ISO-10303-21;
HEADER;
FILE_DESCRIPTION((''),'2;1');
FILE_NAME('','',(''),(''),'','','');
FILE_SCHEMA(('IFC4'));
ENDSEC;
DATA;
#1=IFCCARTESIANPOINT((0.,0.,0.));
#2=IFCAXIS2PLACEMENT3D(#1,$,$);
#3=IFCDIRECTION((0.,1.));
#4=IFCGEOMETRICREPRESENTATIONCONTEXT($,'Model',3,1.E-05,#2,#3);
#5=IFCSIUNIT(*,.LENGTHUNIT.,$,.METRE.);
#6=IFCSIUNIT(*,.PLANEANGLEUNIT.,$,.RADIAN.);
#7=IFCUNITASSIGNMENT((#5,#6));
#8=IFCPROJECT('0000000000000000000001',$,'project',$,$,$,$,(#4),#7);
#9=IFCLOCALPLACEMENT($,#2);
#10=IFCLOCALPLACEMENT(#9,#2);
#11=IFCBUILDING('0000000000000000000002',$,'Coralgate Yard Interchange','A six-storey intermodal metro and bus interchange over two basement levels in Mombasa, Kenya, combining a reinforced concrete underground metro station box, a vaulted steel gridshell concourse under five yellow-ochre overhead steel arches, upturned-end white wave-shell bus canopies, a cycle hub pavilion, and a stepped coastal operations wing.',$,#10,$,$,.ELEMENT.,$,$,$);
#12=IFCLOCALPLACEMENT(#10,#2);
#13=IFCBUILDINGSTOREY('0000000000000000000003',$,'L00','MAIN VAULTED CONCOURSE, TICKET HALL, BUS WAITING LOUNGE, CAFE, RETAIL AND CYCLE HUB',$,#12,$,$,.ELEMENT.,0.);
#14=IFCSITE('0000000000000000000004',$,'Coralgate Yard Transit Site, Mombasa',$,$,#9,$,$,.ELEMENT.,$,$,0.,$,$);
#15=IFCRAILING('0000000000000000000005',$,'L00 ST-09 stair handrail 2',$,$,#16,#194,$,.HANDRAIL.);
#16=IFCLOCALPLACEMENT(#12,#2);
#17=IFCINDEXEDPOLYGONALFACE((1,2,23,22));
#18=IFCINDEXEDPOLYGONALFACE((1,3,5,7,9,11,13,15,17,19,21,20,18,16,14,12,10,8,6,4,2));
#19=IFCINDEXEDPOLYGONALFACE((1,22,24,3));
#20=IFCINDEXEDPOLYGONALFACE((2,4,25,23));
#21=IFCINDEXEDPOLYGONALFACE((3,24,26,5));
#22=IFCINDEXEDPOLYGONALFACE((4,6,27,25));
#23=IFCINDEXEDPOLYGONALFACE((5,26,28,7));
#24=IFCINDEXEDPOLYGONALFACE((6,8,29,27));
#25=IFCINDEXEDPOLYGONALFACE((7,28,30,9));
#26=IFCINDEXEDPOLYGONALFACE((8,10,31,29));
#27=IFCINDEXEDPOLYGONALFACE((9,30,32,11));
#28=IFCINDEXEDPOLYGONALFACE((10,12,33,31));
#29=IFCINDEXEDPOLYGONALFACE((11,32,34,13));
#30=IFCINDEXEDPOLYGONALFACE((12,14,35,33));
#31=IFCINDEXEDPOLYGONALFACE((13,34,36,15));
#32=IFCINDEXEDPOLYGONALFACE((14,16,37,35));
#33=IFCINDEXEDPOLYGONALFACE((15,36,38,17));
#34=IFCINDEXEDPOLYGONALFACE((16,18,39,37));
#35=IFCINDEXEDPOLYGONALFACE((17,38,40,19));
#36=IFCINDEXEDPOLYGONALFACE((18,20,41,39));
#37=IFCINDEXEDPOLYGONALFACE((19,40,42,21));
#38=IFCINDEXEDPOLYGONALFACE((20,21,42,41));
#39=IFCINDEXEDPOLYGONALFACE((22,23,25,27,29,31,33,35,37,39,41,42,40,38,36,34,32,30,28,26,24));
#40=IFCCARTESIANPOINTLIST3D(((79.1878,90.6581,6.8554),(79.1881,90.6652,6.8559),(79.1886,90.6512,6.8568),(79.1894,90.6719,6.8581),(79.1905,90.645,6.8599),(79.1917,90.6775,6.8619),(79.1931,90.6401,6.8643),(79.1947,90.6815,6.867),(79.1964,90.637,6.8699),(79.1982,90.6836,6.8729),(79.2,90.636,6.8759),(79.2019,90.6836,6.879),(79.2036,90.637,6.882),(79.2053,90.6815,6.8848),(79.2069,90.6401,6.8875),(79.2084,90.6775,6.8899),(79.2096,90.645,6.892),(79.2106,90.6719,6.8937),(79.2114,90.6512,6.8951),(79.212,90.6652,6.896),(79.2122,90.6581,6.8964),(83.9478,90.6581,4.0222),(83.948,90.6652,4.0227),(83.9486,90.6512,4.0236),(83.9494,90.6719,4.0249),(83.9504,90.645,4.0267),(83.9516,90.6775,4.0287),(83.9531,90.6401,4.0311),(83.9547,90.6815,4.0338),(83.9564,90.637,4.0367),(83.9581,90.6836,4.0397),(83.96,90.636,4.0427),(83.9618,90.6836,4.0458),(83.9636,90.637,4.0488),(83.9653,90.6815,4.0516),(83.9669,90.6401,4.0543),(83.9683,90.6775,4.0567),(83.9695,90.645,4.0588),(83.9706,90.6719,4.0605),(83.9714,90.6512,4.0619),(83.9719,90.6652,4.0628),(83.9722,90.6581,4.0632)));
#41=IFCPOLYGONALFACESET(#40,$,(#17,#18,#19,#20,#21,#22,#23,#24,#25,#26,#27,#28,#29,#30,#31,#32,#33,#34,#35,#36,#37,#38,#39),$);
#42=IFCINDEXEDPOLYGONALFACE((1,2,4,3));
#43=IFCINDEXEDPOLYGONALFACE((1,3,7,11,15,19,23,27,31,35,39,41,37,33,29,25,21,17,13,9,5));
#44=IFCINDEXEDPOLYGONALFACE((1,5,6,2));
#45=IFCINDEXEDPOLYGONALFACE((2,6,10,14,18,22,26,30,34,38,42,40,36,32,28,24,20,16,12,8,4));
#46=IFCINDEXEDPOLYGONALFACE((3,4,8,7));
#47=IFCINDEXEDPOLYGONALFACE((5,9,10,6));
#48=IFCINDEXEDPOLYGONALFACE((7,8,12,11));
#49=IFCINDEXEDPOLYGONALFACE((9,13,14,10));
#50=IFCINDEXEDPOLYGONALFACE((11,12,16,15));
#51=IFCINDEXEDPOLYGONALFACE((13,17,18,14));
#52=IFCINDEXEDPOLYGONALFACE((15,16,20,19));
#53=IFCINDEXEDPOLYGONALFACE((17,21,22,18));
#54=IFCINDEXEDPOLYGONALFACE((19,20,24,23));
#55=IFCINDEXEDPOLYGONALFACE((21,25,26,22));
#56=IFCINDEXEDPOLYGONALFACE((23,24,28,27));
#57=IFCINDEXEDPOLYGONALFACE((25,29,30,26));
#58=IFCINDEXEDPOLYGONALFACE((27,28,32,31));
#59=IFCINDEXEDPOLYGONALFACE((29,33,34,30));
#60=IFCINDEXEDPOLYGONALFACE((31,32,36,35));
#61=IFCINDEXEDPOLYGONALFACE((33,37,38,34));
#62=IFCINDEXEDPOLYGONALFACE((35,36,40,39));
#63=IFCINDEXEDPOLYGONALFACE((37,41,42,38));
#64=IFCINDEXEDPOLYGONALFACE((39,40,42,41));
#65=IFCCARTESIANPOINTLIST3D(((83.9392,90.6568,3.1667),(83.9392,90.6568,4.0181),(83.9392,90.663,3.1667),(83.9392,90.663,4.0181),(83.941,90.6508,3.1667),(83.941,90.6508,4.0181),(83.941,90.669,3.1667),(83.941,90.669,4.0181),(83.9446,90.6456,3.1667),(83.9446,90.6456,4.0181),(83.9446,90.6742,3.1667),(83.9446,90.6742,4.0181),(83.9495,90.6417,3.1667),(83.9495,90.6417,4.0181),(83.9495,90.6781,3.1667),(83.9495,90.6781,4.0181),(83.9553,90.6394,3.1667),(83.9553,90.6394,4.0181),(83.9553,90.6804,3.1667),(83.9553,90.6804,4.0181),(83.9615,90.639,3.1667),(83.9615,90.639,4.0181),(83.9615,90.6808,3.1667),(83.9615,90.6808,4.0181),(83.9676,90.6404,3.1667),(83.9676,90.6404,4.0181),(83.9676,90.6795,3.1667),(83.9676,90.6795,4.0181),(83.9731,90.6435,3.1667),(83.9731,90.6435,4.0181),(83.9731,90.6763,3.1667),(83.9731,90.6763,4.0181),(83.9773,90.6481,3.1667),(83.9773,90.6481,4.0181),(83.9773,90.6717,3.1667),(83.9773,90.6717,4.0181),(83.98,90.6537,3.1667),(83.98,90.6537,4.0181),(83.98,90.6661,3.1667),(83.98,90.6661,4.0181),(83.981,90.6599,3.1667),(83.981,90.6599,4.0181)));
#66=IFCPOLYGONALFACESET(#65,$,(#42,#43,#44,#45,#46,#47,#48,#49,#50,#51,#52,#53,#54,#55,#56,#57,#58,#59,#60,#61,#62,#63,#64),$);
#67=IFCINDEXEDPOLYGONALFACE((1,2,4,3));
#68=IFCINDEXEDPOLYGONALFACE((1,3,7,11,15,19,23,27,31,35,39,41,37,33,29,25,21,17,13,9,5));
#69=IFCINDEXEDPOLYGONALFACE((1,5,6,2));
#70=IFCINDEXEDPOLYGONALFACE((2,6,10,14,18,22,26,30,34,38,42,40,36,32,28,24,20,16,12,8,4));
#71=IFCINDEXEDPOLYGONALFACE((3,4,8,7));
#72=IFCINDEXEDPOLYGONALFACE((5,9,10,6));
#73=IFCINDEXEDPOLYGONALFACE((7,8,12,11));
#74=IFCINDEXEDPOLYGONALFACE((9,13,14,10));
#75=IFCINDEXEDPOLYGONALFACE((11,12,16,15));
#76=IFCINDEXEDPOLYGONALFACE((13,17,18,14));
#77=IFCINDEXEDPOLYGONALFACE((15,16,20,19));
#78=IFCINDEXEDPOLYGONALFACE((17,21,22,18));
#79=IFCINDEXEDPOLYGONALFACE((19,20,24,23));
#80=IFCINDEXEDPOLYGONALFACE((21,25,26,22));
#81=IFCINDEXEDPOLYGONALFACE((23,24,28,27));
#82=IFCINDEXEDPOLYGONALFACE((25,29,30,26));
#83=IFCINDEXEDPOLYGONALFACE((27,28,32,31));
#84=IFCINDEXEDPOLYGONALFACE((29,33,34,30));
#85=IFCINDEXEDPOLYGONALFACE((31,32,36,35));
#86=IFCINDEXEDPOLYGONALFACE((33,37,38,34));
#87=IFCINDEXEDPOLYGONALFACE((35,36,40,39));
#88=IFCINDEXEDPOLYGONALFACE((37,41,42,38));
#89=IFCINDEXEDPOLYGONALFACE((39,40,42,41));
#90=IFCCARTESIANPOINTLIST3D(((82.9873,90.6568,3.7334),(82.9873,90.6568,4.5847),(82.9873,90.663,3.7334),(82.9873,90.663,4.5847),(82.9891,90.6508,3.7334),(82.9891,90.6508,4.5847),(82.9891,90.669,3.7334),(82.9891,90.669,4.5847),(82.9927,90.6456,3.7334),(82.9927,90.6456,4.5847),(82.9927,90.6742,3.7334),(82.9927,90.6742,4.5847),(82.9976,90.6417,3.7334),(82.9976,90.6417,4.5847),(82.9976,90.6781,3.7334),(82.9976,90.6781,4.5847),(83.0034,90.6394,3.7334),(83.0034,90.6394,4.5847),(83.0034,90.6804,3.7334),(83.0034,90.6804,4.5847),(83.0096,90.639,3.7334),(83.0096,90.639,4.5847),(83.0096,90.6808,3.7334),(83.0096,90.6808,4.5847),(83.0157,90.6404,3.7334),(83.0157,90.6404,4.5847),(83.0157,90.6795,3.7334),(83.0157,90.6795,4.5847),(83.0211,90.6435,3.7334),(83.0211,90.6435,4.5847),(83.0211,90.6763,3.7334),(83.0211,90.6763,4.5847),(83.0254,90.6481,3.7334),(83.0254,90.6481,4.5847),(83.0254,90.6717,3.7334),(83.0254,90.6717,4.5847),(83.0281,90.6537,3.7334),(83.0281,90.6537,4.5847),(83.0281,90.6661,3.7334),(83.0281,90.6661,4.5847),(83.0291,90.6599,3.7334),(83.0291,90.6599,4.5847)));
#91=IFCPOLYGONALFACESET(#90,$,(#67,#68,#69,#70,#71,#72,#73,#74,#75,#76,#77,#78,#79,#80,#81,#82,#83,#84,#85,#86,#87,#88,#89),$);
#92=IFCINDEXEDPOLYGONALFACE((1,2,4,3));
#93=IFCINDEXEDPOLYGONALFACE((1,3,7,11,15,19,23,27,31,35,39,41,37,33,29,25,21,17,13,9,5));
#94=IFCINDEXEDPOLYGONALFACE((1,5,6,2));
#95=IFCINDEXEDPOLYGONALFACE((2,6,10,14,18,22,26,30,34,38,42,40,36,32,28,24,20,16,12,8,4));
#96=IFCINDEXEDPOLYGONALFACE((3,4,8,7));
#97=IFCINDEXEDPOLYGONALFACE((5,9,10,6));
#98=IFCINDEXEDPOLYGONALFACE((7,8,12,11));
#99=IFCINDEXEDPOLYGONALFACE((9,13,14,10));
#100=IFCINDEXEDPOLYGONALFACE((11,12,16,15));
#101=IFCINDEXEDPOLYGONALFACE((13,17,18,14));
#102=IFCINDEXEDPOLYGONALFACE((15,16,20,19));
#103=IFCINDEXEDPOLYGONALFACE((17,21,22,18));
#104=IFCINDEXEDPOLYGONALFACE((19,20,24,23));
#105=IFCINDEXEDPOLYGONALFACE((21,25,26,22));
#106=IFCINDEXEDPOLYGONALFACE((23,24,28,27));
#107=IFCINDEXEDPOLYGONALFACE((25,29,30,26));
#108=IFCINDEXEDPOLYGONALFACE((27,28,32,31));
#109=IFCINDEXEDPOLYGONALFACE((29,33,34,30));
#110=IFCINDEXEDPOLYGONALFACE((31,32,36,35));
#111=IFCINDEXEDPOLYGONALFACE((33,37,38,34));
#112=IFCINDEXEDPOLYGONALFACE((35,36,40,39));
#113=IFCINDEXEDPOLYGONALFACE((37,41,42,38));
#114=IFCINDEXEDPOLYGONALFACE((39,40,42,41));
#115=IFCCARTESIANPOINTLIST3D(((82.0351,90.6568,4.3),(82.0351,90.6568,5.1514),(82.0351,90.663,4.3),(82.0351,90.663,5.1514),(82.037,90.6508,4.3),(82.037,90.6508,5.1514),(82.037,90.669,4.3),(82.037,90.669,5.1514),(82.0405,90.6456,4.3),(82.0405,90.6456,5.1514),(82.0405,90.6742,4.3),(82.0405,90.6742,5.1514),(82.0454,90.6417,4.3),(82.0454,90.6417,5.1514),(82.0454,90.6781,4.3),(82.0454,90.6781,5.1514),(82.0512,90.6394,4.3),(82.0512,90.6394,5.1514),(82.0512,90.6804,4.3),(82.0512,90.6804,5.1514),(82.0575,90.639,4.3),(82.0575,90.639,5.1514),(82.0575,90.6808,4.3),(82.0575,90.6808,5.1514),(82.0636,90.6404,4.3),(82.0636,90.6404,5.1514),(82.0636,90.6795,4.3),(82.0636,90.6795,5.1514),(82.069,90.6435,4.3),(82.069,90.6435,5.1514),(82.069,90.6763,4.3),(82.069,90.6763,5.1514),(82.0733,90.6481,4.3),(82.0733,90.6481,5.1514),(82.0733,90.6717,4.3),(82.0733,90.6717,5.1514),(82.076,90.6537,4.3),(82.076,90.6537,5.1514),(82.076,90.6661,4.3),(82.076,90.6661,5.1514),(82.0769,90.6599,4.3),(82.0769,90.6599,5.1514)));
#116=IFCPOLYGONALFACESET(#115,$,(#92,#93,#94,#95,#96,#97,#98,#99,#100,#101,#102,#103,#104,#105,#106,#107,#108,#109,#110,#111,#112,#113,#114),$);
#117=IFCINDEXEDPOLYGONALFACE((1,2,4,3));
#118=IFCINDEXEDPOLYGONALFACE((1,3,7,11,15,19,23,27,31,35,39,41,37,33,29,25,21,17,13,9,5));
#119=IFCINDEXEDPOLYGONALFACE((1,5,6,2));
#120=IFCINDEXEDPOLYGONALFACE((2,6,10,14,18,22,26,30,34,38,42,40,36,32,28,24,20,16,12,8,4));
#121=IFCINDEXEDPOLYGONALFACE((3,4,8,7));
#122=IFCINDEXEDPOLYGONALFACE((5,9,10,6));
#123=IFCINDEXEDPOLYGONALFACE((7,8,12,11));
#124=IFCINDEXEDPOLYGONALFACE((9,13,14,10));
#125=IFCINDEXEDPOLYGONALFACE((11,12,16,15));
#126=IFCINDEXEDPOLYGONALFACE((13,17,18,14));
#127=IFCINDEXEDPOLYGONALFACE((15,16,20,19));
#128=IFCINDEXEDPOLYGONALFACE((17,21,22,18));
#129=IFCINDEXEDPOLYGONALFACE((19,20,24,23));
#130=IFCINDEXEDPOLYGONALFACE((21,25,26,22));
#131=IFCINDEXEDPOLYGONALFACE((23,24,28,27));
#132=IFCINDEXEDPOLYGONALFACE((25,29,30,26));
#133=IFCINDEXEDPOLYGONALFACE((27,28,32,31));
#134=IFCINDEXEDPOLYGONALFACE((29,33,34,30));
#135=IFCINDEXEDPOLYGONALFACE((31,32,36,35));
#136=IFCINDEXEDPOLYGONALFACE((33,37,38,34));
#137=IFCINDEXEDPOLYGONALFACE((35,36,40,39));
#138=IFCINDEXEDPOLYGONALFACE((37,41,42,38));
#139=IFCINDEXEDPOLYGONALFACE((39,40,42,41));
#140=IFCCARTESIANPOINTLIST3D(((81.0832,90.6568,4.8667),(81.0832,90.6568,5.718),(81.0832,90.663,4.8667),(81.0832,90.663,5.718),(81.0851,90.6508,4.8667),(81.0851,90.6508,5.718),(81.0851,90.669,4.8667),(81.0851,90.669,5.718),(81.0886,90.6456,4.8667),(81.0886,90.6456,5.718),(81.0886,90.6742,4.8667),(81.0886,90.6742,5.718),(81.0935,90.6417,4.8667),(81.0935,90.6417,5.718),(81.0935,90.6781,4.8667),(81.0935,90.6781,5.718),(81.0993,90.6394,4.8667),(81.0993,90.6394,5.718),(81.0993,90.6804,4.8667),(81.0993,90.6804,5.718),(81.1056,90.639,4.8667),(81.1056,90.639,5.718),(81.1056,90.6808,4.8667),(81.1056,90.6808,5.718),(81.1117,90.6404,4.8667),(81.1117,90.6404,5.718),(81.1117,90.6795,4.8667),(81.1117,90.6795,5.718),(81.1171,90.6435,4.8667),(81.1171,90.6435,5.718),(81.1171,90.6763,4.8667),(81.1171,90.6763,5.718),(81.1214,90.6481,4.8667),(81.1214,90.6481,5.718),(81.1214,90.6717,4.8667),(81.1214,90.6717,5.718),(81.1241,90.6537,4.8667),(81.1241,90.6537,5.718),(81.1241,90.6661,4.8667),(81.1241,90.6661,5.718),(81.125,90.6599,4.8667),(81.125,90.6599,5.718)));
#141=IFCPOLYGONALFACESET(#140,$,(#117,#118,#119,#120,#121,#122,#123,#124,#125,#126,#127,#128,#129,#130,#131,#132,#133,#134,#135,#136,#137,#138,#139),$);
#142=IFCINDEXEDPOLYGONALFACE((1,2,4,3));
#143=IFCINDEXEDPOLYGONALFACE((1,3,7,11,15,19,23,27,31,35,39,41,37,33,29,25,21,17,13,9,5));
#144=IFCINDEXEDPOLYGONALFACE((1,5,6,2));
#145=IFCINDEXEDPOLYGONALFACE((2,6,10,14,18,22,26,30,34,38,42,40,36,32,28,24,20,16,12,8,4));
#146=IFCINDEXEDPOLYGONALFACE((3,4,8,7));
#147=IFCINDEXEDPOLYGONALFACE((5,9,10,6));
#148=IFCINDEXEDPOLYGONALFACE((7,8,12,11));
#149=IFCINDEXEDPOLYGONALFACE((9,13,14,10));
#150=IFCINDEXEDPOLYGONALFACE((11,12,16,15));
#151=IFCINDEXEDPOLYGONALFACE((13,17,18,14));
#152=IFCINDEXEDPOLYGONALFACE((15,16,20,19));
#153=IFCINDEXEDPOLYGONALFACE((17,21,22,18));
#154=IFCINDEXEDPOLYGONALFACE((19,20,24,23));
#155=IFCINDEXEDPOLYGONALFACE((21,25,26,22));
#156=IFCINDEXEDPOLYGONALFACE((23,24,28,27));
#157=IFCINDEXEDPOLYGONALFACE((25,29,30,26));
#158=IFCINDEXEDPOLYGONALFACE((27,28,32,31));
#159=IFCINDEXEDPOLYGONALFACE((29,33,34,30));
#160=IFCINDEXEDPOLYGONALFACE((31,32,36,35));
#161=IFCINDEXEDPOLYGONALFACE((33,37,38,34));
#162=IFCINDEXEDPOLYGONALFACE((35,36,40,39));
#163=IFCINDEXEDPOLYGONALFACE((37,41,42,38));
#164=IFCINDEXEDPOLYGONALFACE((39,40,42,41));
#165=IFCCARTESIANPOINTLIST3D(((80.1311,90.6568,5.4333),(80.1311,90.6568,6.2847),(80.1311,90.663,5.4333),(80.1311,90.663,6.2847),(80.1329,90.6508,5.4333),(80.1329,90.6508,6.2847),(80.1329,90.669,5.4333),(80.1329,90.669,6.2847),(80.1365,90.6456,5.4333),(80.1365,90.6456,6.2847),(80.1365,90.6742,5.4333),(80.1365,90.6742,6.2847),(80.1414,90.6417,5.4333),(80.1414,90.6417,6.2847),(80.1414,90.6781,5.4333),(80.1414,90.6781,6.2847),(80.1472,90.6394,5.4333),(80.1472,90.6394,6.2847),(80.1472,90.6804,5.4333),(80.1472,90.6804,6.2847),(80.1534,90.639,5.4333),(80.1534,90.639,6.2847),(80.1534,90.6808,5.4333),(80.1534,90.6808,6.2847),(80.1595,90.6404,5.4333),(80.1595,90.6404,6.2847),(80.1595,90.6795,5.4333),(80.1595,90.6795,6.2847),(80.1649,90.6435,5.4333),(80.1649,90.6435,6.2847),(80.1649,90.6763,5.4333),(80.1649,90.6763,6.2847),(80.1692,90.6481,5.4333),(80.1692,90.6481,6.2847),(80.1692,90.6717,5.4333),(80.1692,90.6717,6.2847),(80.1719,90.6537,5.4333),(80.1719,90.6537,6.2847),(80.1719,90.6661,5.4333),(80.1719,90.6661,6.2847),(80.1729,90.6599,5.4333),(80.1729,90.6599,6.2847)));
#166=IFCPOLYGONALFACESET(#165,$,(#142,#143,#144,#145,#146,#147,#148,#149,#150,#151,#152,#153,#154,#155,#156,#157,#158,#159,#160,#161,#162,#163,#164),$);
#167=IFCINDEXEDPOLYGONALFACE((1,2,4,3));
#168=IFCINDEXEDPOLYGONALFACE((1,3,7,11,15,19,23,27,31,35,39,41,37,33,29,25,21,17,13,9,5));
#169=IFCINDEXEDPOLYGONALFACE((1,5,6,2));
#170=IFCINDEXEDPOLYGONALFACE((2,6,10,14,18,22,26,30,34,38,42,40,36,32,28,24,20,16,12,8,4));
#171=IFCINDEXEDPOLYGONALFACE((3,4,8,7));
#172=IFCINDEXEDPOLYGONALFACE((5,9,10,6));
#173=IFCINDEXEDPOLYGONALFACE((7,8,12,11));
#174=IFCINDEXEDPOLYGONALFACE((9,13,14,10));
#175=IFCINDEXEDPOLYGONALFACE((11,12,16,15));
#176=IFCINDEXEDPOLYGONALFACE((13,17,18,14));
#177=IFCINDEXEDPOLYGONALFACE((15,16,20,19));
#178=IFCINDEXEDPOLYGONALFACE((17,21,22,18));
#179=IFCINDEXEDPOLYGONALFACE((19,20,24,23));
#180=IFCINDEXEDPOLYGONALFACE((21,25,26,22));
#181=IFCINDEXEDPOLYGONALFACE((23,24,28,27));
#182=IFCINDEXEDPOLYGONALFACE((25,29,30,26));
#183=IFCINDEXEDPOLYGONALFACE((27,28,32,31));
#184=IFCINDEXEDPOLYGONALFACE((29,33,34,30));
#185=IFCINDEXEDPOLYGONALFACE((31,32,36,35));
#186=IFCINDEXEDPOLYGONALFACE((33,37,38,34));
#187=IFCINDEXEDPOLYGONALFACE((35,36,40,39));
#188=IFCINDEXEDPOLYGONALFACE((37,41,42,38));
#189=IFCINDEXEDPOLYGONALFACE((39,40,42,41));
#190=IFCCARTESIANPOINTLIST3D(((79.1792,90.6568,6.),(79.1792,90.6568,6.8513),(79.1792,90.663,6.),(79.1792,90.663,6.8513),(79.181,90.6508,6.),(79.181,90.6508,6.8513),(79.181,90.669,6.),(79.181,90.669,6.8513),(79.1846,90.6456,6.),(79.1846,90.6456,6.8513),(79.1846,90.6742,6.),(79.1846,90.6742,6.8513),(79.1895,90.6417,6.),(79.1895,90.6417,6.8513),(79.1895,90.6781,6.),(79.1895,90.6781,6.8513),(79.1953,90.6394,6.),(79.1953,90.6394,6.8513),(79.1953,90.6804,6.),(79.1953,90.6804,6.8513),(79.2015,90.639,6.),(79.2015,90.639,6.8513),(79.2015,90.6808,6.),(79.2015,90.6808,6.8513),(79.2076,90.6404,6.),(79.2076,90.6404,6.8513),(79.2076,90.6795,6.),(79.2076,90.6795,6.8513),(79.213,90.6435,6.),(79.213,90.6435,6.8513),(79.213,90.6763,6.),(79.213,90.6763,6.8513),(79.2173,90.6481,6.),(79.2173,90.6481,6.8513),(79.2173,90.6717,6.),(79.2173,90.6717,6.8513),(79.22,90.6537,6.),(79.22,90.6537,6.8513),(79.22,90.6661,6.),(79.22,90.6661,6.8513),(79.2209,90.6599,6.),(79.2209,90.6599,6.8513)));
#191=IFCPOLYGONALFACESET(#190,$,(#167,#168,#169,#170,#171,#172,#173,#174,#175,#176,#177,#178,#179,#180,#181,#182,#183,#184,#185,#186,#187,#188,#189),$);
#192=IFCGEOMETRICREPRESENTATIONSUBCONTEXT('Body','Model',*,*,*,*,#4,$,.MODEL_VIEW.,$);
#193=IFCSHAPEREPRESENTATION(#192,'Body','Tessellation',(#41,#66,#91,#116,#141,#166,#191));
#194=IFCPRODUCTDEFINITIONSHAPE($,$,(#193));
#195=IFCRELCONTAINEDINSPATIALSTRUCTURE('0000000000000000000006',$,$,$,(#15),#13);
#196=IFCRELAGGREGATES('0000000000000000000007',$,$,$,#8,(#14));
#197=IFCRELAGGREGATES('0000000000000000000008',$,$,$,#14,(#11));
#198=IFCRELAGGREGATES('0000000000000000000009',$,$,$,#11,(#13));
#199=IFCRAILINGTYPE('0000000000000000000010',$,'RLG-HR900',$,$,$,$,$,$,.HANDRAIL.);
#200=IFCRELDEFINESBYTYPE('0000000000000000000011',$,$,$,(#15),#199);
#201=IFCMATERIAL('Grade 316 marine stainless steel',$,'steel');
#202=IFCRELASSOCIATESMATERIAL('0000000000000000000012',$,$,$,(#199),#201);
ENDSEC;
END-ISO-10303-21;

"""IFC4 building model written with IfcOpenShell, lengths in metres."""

from ifc_helpers import new_model, si_unit, direction, frame, origin, origin_2d, place, context, subcontext, project, spatial, circle, extrude, material, type_object, element, save


model = new_model("IFC4")

# Units and contexts
model_context = context("Model", 3, precision=1e-05, world=origin(), true_north=direction((0.0, 1.0)))
body_context = subcontext(model_context, "Body", "Model", "MODEL_VIEW")
ifc_project = project(units=[si_unit("LENGTHUNIT", "METRE"), si_unit("PLANEANGLEUNIT", "RADIAN")], contexts=[model_context])

# Site, building, storey
site_placement = place(None, origin())
site = spatial("IfcSite", under=ifc_project, at=site_placement, Name="Coralgate Yard Transit Site, Mombasa", CompositionType="ELEMENT", RefElevation=0.0)
building_placement = place(site_placement, origin())
building = spatial("IfcBuilding", under=site, at=building_placement, Name="Coralgate Yard Interchange", Description="A six-storey intermodal metro and bus interchange over two basement levels in Mombasa, Kenya, combining a reinforced concrete underground metro station box, a vaulted steel gridshell concourse under five yellow-ochre overhead steel arches, upturned-end white wave-shell bus canopies, a cycle hub pavilion, and a stepped coastal operations wing.", CompositionType="ELEMENT")
storey_placement = place(building_placement, origin())
storey = spatial("IfcBuildingStorey", under=building, at=storey_placement, Name="L00", Description="MAIN VAULTED CONCOURSE, TICKET HALL, BUS WAITING LOUNGE, CAFE, RETAIL AND CYCLE HUB", CompositionType="ELEMENT", Elevation=0.0)

# Railing
ifc_material_1 = material(Name="Grade 316 marine stainless steel", Category="steel")
railing_type_1 = type_object("IfcRailingType", Name="RLG-HR900", PredefinedType="HANDRAIL", material=ifc_material_1)
railing_1_placement = place(storey_placement, frame((83.96, 90.6599, 3.1667)))
element("IfcRailing", 1, at=railing_1_placement, inside=storey, type_object=railing_type_1, Name="L00 ST-09 stair handrail 2", PredefinedType="HANDRAIL", context=body_context, shape_type="SweptSolid", body=[
    extrude(circle(Radius=0.0239, at=origin_2d()), frame((0.0, 0.0, 0.876), z_axis=(-0.8593, 0.0, 0.511472), x_axis=(0.0, -1.0, 0.0)), (0.0, 0.0, 1.0), 5.5393),
    extrude(circle(Radius=0.021, at=origin_2d()), origin(), (0.0, 0.0, 1.0), 0.8513),
    extrude(circle(Radius=0.021, at=origin_2d()), frame((-0.9519, 0.0, 0.5667)), (0.0, 0.0, 1.0), 0.8513),
    extrude(circle(Radius=0.021, at=origin_2d()), frame((-1.9041, 0.0, 1.1333)), (0.0, 0.0, 1.0), 0.8513),
    extrude(circle(Radius=0.021, at=origin_2d()), frame((-2.856, 0.0, 1.7)), (0.0, 0.0, 1.0), 0.8513),
    extrude(circle(Radius=0.021, at=origin_2d()), frame((-3.8081, 0.0, 2.2666)), (0.0, 0.0, 1.0), 0.8513),
    extrude(circle(Radius=0.021, at=origin_2d()), frame((-4.76, 0.0, 2.8333)), (0.0, 0.0, 1.0), 0.8513),
])

save(model, "model.ifc")
